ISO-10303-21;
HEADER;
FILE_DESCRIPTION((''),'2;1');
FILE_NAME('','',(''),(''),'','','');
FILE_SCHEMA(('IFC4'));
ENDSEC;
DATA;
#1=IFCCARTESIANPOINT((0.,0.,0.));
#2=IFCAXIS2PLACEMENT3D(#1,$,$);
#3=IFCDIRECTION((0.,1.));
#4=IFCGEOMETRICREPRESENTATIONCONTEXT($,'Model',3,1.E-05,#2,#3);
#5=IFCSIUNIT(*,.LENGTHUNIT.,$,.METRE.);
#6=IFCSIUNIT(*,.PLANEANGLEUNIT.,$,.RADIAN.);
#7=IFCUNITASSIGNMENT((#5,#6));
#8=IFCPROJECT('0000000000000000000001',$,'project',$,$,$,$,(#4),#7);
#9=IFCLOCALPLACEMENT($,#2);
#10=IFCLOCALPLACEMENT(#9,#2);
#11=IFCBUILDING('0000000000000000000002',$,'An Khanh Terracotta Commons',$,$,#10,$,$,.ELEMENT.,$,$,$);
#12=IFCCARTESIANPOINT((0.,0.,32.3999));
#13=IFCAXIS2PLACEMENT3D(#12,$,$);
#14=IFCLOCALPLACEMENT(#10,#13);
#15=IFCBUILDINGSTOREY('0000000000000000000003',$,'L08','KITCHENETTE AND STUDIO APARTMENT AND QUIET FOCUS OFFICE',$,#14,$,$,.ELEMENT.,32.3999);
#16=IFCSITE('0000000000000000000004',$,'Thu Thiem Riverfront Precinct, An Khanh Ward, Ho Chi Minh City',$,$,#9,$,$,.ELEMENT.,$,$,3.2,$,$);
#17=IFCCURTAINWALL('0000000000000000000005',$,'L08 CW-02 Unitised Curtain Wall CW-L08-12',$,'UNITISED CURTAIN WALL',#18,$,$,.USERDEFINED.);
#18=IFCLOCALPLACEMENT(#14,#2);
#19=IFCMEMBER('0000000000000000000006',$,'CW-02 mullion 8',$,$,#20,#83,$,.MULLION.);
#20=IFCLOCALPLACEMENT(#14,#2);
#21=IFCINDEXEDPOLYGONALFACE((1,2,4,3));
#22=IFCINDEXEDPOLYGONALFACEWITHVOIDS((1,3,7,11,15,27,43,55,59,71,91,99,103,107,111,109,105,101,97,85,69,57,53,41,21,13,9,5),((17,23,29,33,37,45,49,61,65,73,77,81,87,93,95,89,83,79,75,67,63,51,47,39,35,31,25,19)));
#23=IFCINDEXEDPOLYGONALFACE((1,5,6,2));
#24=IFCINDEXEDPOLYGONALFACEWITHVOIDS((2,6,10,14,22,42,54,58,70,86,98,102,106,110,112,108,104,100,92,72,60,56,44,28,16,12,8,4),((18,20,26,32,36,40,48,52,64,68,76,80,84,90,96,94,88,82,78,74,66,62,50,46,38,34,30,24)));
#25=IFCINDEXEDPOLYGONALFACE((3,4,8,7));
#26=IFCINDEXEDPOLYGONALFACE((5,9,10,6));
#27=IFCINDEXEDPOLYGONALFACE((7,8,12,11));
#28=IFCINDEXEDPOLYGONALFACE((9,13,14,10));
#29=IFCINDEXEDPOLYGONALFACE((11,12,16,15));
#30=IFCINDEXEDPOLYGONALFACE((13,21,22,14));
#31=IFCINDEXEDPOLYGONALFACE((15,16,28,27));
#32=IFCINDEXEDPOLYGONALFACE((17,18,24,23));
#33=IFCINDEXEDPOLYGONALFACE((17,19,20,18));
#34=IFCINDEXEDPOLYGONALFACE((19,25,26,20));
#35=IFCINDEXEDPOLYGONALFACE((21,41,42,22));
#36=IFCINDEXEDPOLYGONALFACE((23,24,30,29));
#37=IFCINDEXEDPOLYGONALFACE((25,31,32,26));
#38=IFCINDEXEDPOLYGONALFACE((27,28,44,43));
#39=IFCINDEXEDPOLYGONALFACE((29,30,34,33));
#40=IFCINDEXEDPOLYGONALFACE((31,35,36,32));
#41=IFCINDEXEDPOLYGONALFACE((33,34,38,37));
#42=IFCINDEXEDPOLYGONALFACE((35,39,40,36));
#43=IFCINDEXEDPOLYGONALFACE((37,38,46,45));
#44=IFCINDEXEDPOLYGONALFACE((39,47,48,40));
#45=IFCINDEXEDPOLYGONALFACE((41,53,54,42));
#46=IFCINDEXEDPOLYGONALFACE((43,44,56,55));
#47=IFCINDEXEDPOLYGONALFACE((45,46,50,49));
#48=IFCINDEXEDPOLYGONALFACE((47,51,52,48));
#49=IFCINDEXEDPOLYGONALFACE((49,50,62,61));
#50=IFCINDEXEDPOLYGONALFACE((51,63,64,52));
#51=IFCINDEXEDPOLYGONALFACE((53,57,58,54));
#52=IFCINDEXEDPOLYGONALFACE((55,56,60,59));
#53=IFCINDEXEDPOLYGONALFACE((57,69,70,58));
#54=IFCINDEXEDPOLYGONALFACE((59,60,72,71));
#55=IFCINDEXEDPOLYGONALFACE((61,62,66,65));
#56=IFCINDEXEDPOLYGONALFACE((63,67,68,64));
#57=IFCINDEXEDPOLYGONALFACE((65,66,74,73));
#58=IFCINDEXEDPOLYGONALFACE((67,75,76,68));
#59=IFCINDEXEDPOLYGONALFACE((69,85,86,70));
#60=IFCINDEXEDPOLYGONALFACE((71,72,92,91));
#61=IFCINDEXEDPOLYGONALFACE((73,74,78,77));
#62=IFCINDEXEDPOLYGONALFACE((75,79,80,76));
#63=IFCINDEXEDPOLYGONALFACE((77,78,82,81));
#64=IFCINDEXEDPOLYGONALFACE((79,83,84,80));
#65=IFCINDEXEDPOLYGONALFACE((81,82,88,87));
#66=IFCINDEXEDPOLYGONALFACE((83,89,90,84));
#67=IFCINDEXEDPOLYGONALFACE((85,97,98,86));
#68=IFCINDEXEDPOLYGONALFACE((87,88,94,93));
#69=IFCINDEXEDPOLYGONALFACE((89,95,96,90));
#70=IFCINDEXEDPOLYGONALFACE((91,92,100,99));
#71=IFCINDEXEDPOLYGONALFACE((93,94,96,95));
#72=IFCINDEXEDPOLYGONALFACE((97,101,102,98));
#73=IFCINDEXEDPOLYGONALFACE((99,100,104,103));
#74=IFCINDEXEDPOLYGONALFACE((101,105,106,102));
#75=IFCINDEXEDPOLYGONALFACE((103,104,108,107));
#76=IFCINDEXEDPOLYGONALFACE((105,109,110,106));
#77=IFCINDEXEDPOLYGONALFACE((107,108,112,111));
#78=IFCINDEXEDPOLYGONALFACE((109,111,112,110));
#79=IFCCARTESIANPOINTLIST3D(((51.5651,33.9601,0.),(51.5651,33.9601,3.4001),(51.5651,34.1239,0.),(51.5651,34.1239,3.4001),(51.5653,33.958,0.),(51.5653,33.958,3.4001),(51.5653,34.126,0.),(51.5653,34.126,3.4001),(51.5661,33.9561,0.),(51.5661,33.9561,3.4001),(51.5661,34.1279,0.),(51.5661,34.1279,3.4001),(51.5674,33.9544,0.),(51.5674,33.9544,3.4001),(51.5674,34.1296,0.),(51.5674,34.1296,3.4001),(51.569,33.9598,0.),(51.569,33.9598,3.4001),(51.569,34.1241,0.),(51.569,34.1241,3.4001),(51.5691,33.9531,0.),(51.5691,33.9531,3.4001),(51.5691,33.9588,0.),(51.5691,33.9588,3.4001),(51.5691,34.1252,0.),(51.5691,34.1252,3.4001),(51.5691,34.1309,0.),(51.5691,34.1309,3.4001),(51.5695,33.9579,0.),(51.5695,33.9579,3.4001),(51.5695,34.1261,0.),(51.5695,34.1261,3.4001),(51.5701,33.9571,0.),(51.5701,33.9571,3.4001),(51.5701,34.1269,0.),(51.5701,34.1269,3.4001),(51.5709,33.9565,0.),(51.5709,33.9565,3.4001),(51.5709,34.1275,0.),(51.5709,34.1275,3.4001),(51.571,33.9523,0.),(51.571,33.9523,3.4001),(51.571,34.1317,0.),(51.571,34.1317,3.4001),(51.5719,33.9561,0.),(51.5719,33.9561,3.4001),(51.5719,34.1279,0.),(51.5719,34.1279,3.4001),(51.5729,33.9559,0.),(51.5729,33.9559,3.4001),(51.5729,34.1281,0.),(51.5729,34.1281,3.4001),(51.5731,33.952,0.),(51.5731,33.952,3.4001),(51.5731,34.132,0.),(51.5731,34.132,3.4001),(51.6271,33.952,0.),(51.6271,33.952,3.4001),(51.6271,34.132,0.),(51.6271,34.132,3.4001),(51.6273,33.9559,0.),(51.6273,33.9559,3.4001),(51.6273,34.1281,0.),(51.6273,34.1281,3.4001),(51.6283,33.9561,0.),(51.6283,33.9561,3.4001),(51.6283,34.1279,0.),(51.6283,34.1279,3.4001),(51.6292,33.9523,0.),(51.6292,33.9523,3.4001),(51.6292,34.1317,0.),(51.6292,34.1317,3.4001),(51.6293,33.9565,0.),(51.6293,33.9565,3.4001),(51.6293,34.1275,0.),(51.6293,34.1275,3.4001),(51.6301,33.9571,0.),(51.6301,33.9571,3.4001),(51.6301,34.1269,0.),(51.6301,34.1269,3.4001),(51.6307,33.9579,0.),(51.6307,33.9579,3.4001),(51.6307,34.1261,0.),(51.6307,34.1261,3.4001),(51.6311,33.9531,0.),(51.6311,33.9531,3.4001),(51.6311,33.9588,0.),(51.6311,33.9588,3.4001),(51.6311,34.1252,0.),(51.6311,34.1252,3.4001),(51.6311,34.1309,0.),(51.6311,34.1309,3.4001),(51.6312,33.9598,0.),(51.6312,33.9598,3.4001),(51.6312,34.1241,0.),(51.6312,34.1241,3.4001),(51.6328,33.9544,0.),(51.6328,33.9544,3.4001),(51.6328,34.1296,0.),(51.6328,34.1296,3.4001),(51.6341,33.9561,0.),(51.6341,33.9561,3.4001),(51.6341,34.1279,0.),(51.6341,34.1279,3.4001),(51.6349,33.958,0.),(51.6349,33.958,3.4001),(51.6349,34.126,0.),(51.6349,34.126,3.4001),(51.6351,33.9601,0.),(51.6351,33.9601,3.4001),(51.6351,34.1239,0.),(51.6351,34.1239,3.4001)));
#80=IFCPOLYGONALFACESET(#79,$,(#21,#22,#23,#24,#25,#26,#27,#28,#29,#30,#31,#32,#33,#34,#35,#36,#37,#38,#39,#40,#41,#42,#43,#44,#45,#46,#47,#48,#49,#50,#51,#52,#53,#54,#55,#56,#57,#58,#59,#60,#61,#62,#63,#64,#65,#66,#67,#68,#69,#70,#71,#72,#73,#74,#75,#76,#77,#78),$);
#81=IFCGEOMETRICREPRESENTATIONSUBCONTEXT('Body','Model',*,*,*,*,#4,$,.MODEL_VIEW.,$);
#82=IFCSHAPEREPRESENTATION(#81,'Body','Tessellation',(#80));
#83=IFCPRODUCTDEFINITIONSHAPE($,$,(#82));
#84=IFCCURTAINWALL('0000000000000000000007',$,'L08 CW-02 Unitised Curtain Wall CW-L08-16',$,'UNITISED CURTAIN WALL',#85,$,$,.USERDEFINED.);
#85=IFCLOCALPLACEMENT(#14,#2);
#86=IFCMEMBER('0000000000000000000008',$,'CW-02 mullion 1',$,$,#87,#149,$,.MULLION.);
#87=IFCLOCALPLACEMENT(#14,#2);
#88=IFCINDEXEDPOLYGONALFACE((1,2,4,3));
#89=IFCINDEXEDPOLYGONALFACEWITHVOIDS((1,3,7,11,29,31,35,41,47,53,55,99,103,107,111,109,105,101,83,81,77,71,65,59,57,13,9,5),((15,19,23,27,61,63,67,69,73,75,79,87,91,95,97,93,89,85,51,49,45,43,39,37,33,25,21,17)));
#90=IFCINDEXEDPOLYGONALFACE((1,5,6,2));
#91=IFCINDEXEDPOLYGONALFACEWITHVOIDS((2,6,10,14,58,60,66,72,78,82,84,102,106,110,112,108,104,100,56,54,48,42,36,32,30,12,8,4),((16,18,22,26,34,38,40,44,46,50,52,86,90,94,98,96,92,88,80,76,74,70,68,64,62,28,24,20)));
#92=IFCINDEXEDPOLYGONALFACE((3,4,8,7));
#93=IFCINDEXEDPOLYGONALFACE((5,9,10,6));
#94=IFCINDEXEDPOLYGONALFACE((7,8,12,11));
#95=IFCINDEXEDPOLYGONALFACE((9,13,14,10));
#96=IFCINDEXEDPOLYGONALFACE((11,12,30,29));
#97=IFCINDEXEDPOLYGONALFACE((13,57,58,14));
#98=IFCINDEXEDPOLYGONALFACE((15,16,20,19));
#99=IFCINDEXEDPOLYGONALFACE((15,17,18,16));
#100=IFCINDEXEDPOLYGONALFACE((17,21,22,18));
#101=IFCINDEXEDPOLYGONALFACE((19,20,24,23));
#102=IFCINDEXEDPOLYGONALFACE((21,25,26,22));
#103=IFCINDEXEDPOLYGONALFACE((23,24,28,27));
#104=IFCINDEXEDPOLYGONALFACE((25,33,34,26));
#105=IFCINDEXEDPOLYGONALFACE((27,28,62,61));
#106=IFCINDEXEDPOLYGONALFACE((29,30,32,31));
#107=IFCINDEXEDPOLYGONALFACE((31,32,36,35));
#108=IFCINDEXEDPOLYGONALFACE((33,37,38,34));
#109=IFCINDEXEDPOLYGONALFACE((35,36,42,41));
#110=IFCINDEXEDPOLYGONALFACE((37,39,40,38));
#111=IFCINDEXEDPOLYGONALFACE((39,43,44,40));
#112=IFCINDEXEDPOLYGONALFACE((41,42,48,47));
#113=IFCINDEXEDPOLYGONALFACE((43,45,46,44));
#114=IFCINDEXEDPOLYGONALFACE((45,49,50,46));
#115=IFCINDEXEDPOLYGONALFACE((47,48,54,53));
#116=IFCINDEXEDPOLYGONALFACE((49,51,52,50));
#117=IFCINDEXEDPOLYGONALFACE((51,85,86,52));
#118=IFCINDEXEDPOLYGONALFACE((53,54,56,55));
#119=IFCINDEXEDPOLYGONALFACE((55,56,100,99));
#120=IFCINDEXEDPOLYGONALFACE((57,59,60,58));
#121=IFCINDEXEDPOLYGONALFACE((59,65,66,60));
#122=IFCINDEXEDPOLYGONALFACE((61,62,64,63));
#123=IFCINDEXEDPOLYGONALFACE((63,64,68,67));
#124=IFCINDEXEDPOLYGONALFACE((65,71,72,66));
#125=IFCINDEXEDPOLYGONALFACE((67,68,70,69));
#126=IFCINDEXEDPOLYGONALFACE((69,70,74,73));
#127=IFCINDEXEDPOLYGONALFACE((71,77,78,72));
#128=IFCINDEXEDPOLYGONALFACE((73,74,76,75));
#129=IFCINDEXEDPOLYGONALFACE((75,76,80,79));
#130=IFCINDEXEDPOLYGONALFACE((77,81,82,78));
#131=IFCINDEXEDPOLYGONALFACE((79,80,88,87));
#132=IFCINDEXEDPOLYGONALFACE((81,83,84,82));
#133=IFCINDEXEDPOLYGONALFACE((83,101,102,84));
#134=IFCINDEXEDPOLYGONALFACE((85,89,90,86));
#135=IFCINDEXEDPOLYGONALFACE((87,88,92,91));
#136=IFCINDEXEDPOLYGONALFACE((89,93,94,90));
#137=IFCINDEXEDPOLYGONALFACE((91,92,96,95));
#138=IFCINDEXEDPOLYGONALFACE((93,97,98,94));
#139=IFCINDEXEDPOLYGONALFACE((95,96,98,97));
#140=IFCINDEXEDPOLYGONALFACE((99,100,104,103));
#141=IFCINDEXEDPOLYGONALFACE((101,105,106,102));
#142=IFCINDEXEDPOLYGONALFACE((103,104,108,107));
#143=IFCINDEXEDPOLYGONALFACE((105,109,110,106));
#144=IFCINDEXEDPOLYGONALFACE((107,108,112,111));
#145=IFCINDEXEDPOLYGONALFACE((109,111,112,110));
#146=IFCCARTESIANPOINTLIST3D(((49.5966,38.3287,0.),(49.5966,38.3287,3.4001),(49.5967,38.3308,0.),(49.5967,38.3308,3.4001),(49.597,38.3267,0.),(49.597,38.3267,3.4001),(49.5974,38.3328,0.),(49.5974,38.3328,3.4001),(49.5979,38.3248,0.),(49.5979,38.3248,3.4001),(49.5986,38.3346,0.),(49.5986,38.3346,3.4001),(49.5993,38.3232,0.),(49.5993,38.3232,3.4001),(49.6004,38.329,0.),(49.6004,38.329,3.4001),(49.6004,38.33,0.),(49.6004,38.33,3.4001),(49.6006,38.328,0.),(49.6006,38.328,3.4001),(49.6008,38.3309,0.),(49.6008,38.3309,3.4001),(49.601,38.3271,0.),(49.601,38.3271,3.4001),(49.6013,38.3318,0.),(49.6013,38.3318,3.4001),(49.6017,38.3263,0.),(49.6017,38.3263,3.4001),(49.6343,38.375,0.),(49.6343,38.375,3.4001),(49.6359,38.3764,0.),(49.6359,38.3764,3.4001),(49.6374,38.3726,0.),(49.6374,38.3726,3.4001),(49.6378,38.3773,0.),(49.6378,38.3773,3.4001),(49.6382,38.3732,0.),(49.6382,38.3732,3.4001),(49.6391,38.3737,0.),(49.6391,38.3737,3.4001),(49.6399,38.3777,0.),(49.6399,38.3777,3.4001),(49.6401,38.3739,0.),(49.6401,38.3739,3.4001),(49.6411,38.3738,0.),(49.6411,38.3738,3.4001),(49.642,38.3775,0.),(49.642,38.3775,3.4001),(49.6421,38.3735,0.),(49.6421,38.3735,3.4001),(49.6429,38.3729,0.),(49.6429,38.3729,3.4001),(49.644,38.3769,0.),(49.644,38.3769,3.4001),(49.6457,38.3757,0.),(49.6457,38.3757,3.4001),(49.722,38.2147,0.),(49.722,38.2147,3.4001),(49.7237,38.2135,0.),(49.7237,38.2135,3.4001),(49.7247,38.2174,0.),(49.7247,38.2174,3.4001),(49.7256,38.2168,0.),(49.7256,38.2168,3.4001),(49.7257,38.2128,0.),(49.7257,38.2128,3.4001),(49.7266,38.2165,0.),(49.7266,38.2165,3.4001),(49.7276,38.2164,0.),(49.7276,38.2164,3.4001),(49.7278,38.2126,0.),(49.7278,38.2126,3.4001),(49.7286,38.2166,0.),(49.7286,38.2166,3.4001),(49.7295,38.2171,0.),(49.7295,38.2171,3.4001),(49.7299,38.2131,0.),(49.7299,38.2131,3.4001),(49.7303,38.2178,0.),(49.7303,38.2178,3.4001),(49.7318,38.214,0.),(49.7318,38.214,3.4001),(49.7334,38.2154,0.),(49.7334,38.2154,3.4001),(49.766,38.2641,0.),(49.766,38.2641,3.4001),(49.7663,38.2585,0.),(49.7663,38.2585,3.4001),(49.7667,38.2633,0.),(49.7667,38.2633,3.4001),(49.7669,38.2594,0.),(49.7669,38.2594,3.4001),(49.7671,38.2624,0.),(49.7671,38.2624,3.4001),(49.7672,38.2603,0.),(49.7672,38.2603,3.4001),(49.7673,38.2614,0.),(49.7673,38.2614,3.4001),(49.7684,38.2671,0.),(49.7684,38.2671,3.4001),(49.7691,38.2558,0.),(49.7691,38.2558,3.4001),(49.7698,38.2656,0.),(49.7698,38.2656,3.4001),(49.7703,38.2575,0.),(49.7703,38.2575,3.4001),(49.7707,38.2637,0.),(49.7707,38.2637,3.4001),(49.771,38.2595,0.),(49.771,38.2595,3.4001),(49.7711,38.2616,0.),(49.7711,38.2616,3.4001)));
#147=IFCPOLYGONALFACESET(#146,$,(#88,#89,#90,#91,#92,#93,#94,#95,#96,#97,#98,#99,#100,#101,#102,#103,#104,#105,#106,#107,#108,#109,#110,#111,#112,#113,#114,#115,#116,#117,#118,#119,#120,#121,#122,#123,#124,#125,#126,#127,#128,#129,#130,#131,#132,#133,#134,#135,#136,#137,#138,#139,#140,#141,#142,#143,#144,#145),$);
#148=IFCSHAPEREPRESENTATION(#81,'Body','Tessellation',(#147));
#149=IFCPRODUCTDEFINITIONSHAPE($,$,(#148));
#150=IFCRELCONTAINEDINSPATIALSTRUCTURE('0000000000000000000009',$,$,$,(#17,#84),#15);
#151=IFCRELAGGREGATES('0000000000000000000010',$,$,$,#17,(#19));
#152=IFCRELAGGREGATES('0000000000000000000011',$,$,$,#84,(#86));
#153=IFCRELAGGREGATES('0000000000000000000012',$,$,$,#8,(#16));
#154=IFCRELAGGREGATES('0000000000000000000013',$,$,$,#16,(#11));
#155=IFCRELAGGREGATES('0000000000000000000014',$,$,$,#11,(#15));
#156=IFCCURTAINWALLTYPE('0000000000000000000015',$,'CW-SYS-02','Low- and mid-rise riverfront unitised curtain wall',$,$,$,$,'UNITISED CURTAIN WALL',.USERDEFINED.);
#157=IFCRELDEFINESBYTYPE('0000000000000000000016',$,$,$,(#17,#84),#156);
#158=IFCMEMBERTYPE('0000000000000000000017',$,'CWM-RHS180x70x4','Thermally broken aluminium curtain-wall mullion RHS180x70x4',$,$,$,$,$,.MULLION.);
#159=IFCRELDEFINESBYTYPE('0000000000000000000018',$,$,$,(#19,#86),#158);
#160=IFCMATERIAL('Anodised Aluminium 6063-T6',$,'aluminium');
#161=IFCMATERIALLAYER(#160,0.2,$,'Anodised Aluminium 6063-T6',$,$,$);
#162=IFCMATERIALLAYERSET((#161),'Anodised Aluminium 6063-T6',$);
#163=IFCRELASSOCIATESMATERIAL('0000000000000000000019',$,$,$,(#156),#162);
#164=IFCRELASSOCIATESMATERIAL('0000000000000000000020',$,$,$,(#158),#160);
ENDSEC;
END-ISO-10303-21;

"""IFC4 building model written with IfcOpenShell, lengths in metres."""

from ifc_helpers import new_model, si_unit, direction, frame, origin, origin_2d, place, context, subcontext, project, spatial, hollow_rectangle, extrude, material, layer, layer_set, material_profile, profile_set, type_object, element, aggregate, save


model = new_model("IFC4")

# Units and contexts
model_context = context("Model", 3, precision=1e-05, world=origin(), true_north=direction((0.0, 1.0)))
body_context = subcontext(model_context, "Body", "Model", "MODEL_VIEW")
ifc_project = project(units=[si_unit("LENGTHUNIT", "METRE"), si_unit("PLANEANGLEUNIT", "RADIAN")], contexts=[model_context])

# Site, building, storey
site_placement = place(None, origin())
site = spatial("IfcSite", under=ifc_project, at=site_placement, Name="Thu Thiem Riverfront Precinct, An Khanh Ward, Ho Chi Minh City", CompositionType="ELEMENT", RefElevation=3.2)
building_placement = place(site_placement, origin())
building = spatial("IfcBuilding", under=site, at=building_placement, Name="An Khanh Terracotta Commons", CompositionType="ELEMENT")
storey_placement = place(building_placement, frame((0.0, 0.0, 32.3999)))
storey = spatial("IfcBuildingStorey", under=building, at=storey_placement, Name="L08", Description="KITCHENETTE AND STUDIO APARTMENT AND QUIET FOCUS OFFICE", CompositionType="ELEMENT", Elevation=32.3999)

# Curtain wall, member
ifc_material_1 = material(Name="Anodised Aluminium 6063-T6", Category="aluminium")
ifc_layer_1 = layer(ifc_material_1, 0.2, Name="Anodised Aluminium 6063-T6")
ifc_layer_set_1 = layer_set([ifc_layer_1], Name="Anodised Aluminium 6063-T6")
curtain_wall_type = type_object("IfcCurtainWallType", Name="CW-SYS-02", Description="Low- and mid-rise riverfront unitised curtain wall", ElementType="UNITISED CURTAIN WALL", PredefinedType="USERDEFINED", material=ifc_layer_set_1)
curtain_wall_1_placement = place(storey_placement, origin())
curtain_wall_1 = element("IfcCurtainWall", 1, at=curtain_wall_1_placement, inside=storey, type_object=curtain_wall_type, Name="L08 CW-02 Unitised Curtain Wall CW-L08-12", ObjectType="UNITISED CURTAIN WALL", PredefinedType="USERDEFINED")
ifc_material_profile_1 = material_profile(ifc_material_1, hollow_rectangle(XDim=0.0701, YDim=0.1799, WallThickness=0.0039, InnerFilletRadius=0.0039, OuterFilletRadius=0.0081, at=origin_2d()), Name="RHS180x70x4")
ifc_profile_set_1 = profile_set([ifc_material_profile_1], Name="Anodised Aluminium 6063-T6")
member_type_1 = type_object("IfcMemberType", Name="CWM-RHS180x70x4", Description="Thermally broken aluminium curtain-wall mullion RHS180x70x4", PredefinedType="MULLION", material=ifc_profile_set_1)
member_1_placement = place(storey_placement, frame((51.6001, 34.042, 0.0), z_axis=(0.0, 0.0, 1.0), x_axis=(-1.0, 0.0, 0.0)))
member_1 = element("IfcMember", 2, at=member_1_placement, type_object=member_type_1, Name="CW-02 mullion 8", PredefinedType="MULLION", context=body_context, shape_type="SweptSolid", body=[
    extrude(hollow_rectangle(XDim=0.0701, YDim=0.1799, WallThickness=0.0039, InnerFilletRadius=0.0039, OuterFilletRadius=0.0081, at=origin_2d()), origin(), (0.0, 0.0, 1.0), 3.4001),
])
aggregate(curtain_wall_1, [member_1])

# Curtain wall, member
curtain_wall_2_placement = place(storey_placement, origin())
curtain_wall_2 = element("IfcCurtainWall", 3, at=curtain_wall_2_placement, inside=storey, type_object=curtain_wall_type, Name="L08 CW-02 Unitised Curtain Wall CW-L08-16", ObjectType="UNITISED CURTAIN WALL", PredefinedType="USERDEFINED")
member_2_placement = place(storey_placement, frame((49.6838, 38.2952, 0.0), z_axis=(0.0, 0.0, 1.0), x_axis=(-0.662548, -0.749019, 0.0)))
member_2 = element("IfcMember", 4, at=member_2_placement, type_object=member_type_1, Name="CW-02 mullion 1", PredefinedType="MULLION", context=body_context, shape_type="SweptSolid", body=[
    extrude(hollow_rectangle(XDim=0.0701, YDim=0.1799, WallThickness=0.0039, InnerFilletRadius=0.0039, OuterFilletRadius=0.0081, at=origin_2d()), origin(), (0.0, 0.0, 1.0), 3.4001),
])
aggregate(curtain_wall_2, [member_2])

save(model, "model.ifc")
